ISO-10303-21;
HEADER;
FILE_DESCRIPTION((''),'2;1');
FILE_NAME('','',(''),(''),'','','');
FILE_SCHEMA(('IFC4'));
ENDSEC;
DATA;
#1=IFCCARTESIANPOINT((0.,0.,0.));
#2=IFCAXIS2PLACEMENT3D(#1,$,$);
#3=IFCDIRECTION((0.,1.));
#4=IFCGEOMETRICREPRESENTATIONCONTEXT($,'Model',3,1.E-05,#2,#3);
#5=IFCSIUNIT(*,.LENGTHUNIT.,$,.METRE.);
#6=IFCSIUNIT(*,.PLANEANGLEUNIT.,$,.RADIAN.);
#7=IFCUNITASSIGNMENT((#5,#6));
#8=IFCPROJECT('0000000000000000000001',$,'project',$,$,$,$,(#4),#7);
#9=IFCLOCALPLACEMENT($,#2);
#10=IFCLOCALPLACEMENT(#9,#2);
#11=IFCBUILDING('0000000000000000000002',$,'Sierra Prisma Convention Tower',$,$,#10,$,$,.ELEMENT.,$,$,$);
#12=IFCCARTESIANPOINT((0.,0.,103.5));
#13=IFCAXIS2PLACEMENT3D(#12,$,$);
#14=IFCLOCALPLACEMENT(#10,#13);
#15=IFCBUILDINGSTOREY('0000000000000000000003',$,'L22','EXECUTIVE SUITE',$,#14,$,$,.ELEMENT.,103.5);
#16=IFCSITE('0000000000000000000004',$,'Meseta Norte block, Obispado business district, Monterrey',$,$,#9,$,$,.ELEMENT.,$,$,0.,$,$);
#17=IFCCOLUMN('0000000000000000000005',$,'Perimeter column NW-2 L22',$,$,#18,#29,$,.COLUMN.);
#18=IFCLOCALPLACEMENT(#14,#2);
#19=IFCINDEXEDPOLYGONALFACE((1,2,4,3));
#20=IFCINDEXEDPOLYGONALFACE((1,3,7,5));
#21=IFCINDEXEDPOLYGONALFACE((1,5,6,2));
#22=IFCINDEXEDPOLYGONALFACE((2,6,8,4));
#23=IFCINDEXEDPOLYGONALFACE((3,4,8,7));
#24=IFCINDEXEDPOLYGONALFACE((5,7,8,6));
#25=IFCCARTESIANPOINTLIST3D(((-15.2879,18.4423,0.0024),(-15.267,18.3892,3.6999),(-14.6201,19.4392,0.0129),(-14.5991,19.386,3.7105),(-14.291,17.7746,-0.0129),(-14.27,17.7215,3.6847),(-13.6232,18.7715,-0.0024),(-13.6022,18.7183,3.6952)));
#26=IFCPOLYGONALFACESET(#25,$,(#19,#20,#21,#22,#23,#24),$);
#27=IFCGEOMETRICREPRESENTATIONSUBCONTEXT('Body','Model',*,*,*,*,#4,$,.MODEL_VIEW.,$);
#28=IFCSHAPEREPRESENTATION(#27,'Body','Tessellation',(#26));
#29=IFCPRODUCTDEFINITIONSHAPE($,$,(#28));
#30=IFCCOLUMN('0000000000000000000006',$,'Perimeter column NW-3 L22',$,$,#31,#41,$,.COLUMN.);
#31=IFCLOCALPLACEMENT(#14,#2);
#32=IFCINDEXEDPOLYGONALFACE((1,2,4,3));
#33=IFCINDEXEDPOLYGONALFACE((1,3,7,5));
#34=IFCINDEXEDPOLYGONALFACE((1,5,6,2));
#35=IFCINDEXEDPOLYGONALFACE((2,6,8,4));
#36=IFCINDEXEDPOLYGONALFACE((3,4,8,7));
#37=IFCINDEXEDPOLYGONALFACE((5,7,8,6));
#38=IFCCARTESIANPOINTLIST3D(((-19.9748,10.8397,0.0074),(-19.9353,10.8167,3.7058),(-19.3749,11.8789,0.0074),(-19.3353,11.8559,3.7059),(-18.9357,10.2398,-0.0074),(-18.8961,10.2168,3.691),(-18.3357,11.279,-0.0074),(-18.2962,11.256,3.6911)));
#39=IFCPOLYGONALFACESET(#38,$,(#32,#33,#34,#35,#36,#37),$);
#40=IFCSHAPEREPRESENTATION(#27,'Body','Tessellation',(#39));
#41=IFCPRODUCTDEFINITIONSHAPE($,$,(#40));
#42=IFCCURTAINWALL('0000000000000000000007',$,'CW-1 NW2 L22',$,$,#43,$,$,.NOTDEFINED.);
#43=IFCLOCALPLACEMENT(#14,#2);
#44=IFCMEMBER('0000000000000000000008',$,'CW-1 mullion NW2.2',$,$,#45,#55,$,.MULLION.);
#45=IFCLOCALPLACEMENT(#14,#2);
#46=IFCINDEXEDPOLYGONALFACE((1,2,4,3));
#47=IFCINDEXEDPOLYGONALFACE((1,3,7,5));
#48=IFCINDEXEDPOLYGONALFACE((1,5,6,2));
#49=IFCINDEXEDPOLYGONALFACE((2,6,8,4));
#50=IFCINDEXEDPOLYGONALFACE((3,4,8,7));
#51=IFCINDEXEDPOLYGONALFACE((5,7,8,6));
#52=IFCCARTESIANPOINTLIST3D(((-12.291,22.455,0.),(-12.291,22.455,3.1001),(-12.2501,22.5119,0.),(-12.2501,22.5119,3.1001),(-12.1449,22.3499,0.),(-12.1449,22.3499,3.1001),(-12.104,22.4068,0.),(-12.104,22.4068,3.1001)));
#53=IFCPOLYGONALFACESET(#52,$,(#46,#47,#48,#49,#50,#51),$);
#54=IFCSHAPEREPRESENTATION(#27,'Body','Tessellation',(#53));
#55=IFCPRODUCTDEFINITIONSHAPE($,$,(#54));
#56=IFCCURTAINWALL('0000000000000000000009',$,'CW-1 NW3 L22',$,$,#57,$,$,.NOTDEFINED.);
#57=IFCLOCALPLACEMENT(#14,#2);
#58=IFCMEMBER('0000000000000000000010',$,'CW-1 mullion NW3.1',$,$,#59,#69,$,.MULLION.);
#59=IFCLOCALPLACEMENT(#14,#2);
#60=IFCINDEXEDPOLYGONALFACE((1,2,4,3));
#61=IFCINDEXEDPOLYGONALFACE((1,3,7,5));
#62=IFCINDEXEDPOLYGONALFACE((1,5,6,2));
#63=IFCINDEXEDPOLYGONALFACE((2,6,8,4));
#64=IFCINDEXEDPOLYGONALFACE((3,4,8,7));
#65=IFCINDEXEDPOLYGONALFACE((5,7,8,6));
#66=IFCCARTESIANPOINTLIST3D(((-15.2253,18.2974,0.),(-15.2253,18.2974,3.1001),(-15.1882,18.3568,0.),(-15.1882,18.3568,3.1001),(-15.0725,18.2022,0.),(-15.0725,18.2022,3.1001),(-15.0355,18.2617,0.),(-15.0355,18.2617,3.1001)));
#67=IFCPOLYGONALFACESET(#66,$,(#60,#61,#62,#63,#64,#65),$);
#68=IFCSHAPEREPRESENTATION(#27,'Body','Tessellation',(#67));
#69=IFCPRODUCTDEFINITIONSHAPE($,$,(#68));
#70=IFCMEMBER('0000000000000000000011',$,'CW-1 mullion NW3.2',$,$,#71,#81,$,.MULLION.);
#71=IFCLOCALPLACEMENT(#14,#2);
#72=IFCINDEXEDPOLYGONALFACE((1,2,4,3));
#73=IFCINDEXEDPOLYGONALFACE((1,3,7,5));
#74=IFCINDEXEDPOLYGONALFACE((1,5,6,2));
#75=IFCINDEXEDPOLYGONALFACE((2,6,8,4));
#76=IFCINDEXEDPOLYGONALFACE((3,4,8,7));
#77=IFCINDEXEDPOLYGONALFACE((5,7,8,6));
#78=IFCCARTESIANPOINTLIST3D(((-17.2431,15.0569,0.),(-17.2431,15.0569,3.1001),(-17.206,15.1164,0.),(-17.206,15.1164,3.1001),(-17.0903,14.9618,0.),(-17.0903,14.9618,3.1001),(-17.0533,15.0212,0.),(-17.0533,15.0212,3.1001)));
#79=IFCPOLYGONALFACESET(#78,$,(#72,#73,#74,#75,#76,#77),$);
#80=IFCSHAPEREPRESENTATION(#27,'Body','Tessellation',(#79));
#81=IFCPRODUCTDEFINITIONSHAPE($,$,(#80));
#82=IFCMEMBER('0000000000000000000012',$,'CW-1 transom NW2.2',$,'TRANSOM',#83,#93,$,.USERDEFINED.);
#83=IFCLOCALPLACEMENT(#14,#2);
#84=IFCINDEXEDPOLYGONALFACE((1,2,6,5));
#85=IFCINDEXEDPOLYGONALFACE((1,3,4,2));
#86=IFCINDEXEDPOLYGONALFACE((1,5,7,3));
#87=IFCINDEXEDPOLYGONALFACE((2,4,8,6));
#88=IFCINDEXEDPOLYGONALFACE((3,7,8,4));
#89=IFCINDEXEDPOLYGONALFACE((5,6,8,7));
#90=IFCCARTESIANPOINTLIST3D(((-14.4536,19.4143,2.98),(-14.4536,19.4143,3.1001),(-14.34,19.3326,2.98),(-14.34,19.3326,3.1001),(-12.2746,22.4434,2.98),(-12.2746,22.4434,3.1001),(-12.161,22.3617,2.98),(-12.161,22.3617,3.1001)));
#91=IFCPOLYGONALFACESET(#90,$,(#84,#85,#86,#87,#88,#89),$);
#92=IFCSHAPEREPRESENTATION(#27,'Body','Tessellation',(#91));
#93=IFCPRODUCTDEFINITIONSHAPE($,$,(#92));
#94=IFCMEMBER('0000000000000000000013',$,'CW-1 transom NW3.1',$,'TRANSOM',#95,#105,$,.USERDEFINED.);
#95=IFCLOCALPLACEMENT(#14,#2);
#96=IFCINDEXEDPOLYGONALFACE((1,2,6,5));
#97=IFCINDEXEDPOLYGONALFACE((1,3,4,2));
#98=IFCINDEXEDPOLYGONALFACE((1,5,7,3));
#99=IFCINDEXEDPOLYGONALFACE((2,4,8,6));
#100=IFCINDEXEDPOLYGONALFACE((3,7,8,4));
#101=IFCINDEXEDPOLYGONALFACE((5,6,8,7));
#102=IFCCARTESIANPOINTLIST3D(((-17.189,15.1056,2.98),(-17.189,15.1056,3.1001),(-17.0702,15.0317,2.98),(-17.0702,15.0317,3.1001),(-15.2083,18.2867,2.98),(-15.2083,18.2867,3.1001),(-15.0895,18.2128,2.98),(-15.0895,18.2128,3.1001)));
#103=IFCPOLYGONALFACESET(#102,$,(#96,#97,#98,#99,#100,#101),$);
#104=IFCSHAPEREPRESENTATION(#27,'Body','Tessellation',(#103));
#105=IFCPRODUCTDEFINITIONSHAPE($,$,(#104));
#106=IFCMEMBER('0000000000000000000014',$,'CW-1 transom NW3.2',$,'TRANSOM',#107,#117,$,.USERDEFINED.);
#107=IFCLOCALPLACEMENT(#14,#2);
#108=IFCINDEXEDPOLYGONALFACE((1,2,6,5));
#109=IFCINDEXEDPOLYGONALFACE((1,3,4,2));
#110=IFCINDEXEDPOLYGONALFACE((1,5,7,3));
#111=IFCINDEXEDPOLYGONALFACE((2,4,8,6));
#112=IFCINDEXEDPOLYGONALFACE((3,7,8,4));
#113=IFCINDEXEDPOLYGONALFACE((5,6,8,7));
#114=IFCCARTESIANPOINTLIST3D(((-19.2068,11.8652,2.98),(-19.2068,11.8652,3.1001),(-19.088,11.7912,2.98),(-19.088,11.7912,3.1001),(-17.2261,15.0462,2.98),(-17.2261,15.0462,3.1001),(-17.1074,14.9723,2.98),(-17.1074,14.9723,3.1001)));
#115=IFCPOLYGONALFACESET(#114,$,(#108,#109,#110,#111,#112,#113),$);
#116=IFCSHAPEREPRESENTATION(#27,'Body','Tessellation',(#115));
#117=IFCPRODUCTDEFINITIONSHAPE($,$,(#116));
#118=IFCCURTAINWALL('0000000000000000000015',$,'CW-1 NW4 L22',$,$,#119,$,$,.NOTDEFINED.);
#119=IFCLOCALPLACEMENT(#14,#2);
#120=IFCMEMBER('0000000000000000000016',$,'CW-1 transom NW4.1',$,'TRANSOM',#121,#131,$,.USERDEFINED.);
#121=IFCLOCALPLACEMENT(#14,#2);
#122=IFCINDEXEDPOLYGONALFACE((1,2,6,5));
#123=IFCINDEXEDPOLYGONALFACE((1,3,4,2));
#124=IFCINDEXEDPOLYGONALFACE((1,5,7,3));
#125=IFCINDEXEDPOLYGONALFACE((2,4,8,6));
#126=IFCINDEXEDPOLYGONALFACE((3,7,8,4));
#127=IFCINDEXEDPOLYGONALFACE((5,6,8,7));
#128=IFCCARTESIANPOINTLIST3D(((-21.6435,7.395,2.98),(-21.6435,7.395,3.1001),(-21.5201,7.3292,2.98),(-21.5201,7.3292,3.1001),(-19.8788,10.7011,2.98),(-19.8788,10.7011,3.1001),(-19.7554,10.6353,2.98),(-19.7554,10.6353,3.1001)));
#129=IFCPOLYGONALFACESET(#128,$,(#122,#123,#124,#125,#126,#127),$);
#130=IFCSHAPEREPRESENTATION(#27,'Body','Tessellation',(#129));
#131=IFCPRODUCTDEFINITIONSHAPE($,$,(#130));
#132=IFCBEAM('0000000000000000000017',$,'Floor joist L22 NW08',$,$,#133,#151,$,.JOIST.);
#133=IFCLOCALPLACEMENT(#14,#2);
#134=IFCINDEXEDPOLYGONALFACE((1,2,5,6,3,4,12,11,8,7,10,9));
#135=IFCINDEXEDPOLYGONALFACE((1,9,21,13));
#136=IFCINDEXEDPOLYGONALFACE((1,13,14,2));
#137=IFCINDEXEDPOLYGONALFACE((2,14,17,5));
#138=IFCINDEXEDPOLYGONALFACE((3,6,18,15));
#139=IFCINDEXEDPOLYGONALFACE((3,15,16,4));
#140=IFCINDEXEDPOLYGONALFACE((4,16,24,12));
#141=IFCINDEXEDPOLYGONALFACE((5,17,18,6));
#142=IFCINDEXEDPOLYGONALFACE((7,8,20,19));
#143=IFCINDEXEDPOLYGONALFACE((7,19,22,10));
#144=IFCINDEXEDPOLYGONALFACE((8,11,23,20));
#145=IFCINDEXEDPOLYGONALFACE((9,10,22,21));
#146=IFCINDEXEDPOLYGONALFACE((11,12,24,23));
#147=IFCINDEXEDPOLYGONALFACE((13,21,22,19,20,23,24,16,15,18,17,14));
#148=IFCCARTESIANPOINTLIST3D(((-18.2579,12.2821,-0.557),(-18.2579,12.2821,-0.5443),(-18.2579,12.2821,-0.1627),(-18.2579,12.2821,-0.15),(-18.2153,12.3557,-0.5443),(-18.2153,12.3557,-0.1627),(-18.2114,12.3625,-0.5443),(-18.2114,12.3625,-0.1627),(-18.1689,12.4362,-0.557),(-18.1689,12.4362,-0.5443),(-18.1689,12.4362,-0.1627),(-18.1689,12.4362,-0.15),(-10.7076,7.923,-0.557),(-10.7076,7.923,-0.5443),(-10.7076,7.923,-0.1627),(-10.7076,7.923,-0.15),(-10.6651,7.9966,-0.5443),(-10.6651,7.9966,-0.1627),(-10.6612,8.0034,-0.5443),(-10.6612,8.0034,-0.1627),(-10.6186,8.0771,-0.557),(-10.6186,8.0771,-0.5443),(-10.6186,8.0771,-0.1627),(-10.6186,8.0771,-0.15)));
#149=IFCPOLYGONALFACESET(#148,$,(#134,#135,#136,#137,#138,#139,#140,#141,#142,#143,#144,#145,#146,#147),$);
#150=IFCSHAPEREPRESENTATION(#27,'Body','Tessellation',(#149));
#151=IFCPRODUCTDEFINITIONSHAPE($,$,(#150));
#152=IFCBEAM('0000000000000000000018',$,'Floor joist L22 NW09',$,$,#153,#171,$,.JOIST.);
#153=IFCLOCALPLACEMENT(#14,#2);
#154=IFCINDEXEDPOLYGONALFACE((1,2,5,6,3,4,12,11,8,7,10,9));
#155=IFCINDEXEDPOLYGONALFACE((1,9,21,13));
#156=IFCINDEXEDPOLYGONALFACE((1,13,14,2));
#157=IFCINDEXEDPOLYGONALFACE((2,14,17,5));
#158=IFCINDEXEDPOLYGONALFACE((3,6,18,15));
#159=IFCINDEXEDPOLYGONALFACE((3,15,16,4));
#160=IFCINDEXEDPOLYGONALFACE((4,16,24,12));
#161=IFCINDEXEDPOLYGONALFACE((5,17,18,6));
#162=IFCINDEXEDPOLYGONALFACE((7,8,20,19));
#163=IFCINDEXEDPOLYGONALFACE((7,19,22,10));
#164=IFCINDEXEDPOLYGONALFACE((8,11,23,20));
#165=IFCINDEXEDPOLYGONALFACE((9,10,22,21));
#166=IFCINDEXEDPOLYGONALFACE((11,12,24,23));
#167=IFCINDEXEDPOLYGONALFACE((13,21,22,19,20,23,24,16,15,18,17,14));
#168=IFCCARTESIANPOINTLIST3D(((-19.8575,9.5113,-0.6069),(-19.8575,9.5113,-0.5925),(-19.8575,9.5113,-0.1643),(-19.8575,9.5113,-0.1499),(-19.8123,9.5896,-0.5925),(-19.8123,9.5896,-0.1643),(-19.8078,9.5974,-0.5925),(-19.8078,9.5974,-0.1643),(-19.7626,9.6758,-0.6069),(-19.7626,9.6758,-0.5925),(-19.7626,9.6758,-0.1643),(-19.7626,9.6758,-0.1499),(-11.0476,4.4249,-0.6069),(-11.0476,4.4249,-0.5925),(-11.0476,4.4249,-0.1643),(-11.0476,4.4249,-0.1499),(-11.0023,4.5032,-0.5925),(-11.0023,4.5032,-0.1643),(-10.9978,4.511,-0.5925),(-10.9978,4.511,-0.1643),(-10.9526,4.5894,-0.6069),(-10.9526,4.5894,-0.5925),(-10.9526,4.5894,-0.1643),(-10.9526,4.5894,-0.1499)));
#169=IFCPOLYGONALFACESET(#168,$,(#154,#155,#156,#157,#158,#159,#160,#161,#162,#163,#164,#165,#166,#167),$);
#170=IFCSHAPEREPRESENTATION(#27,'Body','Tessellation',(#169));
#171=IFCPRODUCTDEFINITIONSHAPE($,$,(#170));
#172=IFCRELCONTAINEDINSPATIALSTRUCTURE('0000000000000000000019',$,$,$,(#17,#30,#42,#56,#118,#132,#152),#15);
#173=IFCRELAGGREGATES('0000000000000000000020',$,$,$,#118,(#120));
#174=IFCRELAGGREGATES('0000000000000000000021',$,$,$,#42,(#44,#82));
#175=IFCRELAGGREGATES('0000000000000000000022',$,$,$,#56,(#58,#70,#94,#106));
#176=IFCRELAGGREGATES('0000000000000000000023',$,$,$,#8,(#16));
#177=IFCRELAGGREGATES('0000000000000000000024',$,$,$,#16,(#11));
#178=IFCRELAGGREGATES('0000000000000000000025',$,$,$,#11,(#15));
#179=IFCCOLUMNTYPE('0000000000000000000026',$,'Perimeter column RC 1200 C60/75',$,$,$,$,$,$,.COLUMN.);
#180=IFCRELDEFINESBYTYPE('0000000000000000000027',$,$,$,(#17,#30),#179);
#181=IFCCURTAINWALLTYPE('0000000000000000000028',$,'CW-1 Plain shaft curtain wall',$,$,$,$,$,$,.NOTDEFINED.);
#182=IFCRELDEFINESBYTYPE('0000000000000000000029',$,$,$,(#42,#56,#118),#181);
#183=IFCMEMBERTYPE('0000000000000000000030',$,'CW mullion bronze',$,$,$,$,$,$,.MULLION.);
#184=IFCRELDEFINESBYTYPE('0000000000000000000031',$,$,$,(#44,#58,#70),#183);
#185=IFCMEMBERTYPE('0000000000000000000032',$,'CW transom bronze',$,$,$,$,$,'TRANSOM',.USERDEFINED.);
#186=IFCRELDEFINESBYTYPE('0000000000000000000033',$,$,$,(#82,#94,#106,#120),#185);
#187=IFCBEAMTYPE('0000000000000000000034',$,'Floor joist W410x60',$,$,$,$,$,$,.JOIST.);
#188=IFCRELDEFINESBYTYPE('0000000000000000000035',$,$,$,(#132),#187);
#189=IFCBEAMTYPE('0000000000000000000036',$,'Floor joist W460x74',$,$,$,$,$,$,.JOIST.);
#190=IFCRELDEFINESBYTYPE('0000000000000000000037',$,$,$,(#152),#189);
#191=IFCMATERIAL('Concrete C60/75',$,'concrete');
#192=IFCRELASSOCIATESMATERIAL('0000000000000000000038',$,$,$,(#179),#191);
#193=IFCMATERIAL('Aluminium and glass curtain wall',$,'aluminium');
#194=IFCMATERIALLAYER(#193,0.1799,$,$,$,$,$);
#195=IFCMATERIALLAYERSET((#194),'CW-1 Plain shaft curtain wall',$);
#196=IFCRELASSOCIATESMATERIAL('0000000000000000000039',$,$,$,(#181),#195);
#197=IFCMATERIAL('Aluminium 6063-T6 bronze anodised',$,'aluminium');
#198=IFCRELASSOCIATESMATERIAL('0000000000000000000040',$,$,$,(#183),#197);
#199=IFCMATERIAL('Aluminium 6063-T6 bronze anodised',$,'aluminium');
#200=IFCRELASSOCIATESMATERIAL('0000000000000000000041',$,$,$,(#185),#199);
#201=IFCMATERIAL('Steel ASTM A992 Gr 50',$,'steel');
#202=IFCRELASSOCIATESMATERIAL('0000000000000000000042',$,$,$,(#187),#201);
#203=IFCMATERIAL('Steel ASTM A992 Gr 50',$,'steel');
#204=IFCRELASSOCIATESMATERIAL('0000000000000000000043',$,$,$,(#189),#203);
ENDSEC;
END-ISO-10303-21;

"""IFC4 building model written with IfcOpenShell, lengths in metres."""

from ifc_helpers import new_model, si_unit, direction, frame, origin, origin_2d, place, context, subcontext, project, spatial, rectangle, i_section, extrude, clip, halfspace, material, layer, layer_set, material_profile, profile_set, type_object, element, aggregate, save


model = new_model("IFC4")

# Units and contexts
model_context = context("Model", 3, precision=1e-05, world=origin(), true_north=direction((0.0, 1.0)))
body_context = subcontext(model_context, "Body", "Model", "MODEL_VIEW")
ifc_project = project(units=[si_unit("LENGTHUNIT", "METRE"), si_unit("PLANEANGLEUNIT", "RADIAN")], contexts=[model_context])

# Site, building, storey
site_placement = place(None, origin())
site = spatial("IfcSite", under=ifc_project, at=site_placement, Name="Meseta Norte block, Obispado business district, Monterrey", CompositionType="ELEMENT", RefElevation=0.0)
building_placement = place(site_placement, origin())
building = spatial("IfcBuilding", under=site, at=building_placement, Name="Sierra Prisma Convention Tower", CompositionType="ELEMENT")
storey_placement = place(building_placement, frame((0.0, 0.0, 103.5)))
storey = spatial("IfcBuildingStorey", under=building, at=storey_placement, Name="L22", Description="EXECUTIVE SUITE", CompositionType="ELEMENT", Elevation=103.5)

# Columns
ifc_material_1 = material(Name="Concrete C60/75", Category="concrete")
ifc_material_profile_1 = material_profile(ifc_material_1, rectangle(XDim=1.2, YDim=1.2, at=origin_2d()), Name="Perimeter column RC 1200 C60/75")
ifc_profile_set_1 = profile_set([ifc_material_profile_1], Name="Concrete C60/75")
column_type = type_object("IfcColumnType", Name="Perimeter column RC 1200 C60/75", PredefinedType="COLUMN", material=ifc_profile_set_1)
column_1_placement = place(storey_placement, frame((-14.4556, 18.6069, 0.0), z_axis=(0.005674, -0.014383, 0.99988), x_axis=(0.556551, 0.830767, 0.008792)))
element("IfcColumn", 1, at=column_1_placement, inside=storey, type_object=column_type, Name="Perimeter column NW-2 L22", PredefinedType="COLUMN", context=body_context, shape_type="SweptSolid", body=[
    clip(extrude(rectangle(XDim=1.2, YDim=1.2, at=origin_2d()), origin(), (0.0, 0.0, 1.0), 3.7004), halfspace(frame((0.0, 0.0, 3.698)), False)),
])
column_2_placement = place(storey_placement, frame((-19.1553, 11.0593, 0.0), z_axis=(0.010689, -0.006202, 0.999924), x_axis=(0.499971, 0.866042, 0.000027)))
element("IfcColumn", 2, at=column_2_placement, inside=storey, type_object=column_type, Name="Perimeter column NW-3 L22", PredefinedType="COLUMN", context=body_context, shape_type="SweptSolid", body=[
    clip(extrude(rectangle(XDim=1.2, YDim=1.2, at=origin_2d()), origin(), (0.0, 0.0, 1.0), 3.7002), halfspace(frame((0.0, 0.0, 3.6987)), False)),
])

# Curtain wall, member
ifc_material_2 = material(Name="Aluminium and glass curtain wall", Category="aluminium")
ifc_layer_1 = layer(ifc_material_2, 0.1799)
ifc_layer_set_1 = layer_set([ifc_layer_1], Name="CW-1 Plain shaft curtain wall")
curtain_wall_type = type_object("IfcCurtainWallType", Name="CW-1 Plain shaft curtain wall", PredefinedType="NOTDEFINED", material=ifc_layer_set_1)
curtain_wall_1_placement = place(storey_placement, origin())
curtain_wall_1 = element("IfcCurtainWall", 3, at=curtain_wall_1_placement, inside=storey, type_object=curtain_wall_type, Name="CW-1 NW2 L22", PredefinedType="NOTDEFINED")
ifc_material_3 = material(Name="Aluminium 6063-T6 bronze anodised", Category="aluminium")
ifc_material_profile_2 = material_profile(ifc_material_3, rectangle(XDim=0.1799, YDim=0.0701, at=origin_2d()), Name="ALU MULLION 70x180")
ifc_profile_set_2 = profile_set([ifc_material_profile_2], Name="Aluminium 6063-T6 bronze anodised")
member_type_1 = type_object("IfcMemberType", Name="CW mullion bronze", PredefinedType="MULLION", material=ifc_profile_set_2)
member_1_placement = place(storey_placement, frame((-12.1975, 22.4309, 0.0), z_axis=(0.0, 0.0, 1.0), x_axis=(0.811806, -0.583927, 0.0)))
member_1 = element("IfcMember", 4, at=member_1_placement, type_object=member_type_1, Name="CW-1 mullion NW2.2", PredefinedType="MULLION", context=body_context, shape_type="SweptSolid", body=[
    extrude(rectangle(XDim=0.1799, YDim=0.0701, at=origin_2d()), origin(), (0.0, 0.0, 1.0), 3.1001),
])

# Curtain wall, members
curtain_wall_2_placement = place(storey_placement, origin())
curtain_wall_2 = element("IfcCurtainWall", 5, at=curtain_wall_2_placement, inside=storey, type_object=curtain_wall_type, Name="CW-1 NW3 L22", PredefinedType="NOTDEFINED")
member_2_placement = place(storey_placement, frame((-15.1304, 18.2795, 0.0), z_axis=(0.0, 0.0, 1.0), x_axis=(0.848888, -0.528573, 0.0)))
member_2 = element("IfcMember", 6, at=member_2_placement, type_object=member_type_1, Name="CW-1 mullion NW3.1", PredefinedType="MULLION", context=body_context, shape_type="SweptSolid", body=[
    extrude(rectangle(XDim=0.1799, YDim=0.0701, at=origin_2d()), origin(), (0.0, 0.0, 1.0), 3.1001),
])
member_3_placement = place(storey_placement, frame((-17.1482, 15.0391, 0.0), z_axis=(0.0, 0.0, 1.0), x_axis=(0.848888, -0.528573, 0.0)))
member_3 = element("IfcMember", 7, at=member_3_placement, type_object=member_type_1, Name="CW-1 mullion NW3.2", PredefinedType="MULLION", context=body_context, shape_type="SweptSolid", body=[
    extrude(rectangle(XDim=0.1799, YDim=0.0701, at=origin_2d()), origin(), (0.0, 0.0, 1.0), 3.1001),
])

# Members
ifc_material_4 = material(Name="Aluminium 6063-T6 bronze anodised", Category="aluminium")
ifc_material_profile_3 = material_profile(ifc_material_4, rectangle(XDim=0.1399, YDim=0.1201, at=origin_2d()), Name="ALU TRANSOM 120x140")
ifc_profile_set_3 = profile_set([ifc_material_profile_3], Name="Aluminium 6063-T6 bronze anodised")
member_type_2 = type_object("IfcMemberType", Name="CW transom bronze", ElementType="TRANSOM", PredefinedType="USERDEFINED", material=ifc_profile_set_3)
member_4_placement = place(storey_placement, frame((-12.2178, 22.4026, 3.04), z_axis=(-0.583958, -0.811784, 0.0), x_axis=(0.811784, -0.583958, 0.0)))
member_4 = element("IfcMember", 8, at=member_4_placement, type_object=member_type_2, Name="CW-1 transom NW2.2", ObjectType="TRANSOM", PredefinedType="USERDEFINED", context=body_context, shape_type="SweptSolid", body=[
    extrude(rectangle(XDim=0.1399, YDim=0.1201, at=origin_2d()), origin(), (0.0, 0.0, 1.0), 3.7314),
])
member_5_placement = place(storey_placement, frame((-15.1489, 18.2498, 3.04), z_axis=(-0.528558, -0.848897, 0.0), x_axis=(0.848897, -0.528558, 0.0)))
member_5 = element("IfcMember", 9, at=member_5_placement, type_object=member_type_2, Name="CW-1 transom NW3.1", ObjectType="TRANSOM", PredefinedType="USERDEFINED", context=body_context, shape_type="SweptSolid", body=[
    extrude(rectangle(XDim=0.1399, YDim=0.1201, at=origin_2d()), origin(), (0.0, 0.0, 1.0), 3.7473),
])
member_6_placement = place(storey_placement, frame((-17.1667, 15.0093, 3.04), z_axis=(-0.528558, -0.848897, 0.0), x_axis=(0.848897, -0.528558, 0.0)))
member_6 = element("IfcMember", 10, at=member_6_placement, type_object=member_type_2, Name="CW-1 transom NW3.2", ObjectType="TRANSOM", PredefinedType="USERDEFINED", context=body_context, shape_type="SweptSolid", body=[
    extrude(rectangle(XDim=0.1399, YDim=0.1201, at=origin_2d()), origin(), (0.0, 0.0, 1.0), 3.7473),
])

# Curtain wall, member
curtain_wall_3_placement = place(storey_placement, origin())
curtain_wall_3 = element("IfcCurtainWall", 11, at=curtain_wall_3_placement, inside=storey, type_object=curtain_wall_type, Name="CW-1 NW4 L22", PredefinedType="NOTDEFINED")
member_7_placement = place(storey_placement, frame((-19.8171, 10.6682, 3.04), z_axis=(-0.470872, -0.882201, 0.0), x_axis=(0.882201, -0.470872, 0.0)))
member_7 = element("IfcMember", 12, at=member_7_placement, type_object=member_type_2, Name="CW-1 transom NW4.1", ObjectType="TRANSOM", PredefinedType="USERDEFINED", context=body_context, shape_type="SweptSolid", body=[
    extrude(rectangle(XDim=0.1399, YDim=0.1201, at=origin_2d()), origin(), (0.0, 0.0, 1.0), 3.7476),
])
aggregate(curtain_wall_3, [member_7])

# Beams
ifc_material_5 = material(Name="Steel ASTM A992 Gr 50", Category="steel")
ifc_material_profile_4 = material_profile(ifc_material_5, i_section(OverallWidth=0.178, OverallDepth=0.407, WebThickness=0.0078, FlangeThickness=0.0127, at=origin_2d()), Name="W410x60")
ifc_profile_set_4 = profile_set([ifc_material_profile_4], Name="Steel ASTM A992 Gr 50")
beam_type_1 = type_object("IfcBeamType", Name="Floor joist W410x60", PredefinedType="JOIST", material=ifc_profile_set_4)
beam_1_placement = place(storey_placement, frame((-18.2134, 12.3591, -0.3535), z_axis=(0.866027, -0.499997, 0.0), x_axis=(0.499997, 0.866027, 0.0)))
element("IfcBeam", 13, at=beam_1_placement, inside=storey, type_object=beam_type_1, Name="Floor joist L22 NW08", PredefinedType="JOIST", context=body_context, shape_type="SweptSolid", body=[
    extrude(i_section(OverallWidth=0.178, OverallDepth=0.407, WebThickness=0.0078, FlangeThickness=0.0127, at=origin_2d()), origin(), (0.0, 0.0, 1.0), 8.7183),
])
ifc_material_6 = material(Name="Steel ASTM A992 Gr 50", Category="steel")
ifc_material_profile_5 = material_profile(ifc_material_6, i_section(OverallWidth=0.1899, OverallDepth=0.457, WebThickness=0.009, FlangeThickness=0.0144, at=origin_2d()), Name="W460x74")
ifc_profile_set_5 = profile_set([ifc_material_profile_5], Name="Steel ASTM A992 Gr 50")
beam_type_2 = type_object("IfcBeamType", Name="Floor joist W460x74", PredefinedType="JOIST", material=ifc_profile_set_5)
beam_2_placement = place(storey_placement, frame((-19.8101, 9.5935, -0.3784), z_axis=(0.866028, -0.499995, 0.0), x_axis=(0.499995, 0.866028, 0.0)))
element("IfcBeam", 14, at=beam_2_placement, inside=storey, type_object=beam_type_2, Name="Floor joist L22 NW09", PredefinedType="JOIST", context=body_context, shape_type="SweptSolid", body=[
    extrude(i_section(OverallWidth=0.1899, OverallDepth=0.457, WebThickness=0.009, FlangeThickness=0.0144, at=origin_2d()), origin(), (0.0, 0.0, 1.0), 10.1729),
])

aggregate(curtain_wall_1, [member_1, member_4])
aggregate(curtain_wall_2, [member_2, member_3, member_5, member_6])

save(model, "model.ifc")
